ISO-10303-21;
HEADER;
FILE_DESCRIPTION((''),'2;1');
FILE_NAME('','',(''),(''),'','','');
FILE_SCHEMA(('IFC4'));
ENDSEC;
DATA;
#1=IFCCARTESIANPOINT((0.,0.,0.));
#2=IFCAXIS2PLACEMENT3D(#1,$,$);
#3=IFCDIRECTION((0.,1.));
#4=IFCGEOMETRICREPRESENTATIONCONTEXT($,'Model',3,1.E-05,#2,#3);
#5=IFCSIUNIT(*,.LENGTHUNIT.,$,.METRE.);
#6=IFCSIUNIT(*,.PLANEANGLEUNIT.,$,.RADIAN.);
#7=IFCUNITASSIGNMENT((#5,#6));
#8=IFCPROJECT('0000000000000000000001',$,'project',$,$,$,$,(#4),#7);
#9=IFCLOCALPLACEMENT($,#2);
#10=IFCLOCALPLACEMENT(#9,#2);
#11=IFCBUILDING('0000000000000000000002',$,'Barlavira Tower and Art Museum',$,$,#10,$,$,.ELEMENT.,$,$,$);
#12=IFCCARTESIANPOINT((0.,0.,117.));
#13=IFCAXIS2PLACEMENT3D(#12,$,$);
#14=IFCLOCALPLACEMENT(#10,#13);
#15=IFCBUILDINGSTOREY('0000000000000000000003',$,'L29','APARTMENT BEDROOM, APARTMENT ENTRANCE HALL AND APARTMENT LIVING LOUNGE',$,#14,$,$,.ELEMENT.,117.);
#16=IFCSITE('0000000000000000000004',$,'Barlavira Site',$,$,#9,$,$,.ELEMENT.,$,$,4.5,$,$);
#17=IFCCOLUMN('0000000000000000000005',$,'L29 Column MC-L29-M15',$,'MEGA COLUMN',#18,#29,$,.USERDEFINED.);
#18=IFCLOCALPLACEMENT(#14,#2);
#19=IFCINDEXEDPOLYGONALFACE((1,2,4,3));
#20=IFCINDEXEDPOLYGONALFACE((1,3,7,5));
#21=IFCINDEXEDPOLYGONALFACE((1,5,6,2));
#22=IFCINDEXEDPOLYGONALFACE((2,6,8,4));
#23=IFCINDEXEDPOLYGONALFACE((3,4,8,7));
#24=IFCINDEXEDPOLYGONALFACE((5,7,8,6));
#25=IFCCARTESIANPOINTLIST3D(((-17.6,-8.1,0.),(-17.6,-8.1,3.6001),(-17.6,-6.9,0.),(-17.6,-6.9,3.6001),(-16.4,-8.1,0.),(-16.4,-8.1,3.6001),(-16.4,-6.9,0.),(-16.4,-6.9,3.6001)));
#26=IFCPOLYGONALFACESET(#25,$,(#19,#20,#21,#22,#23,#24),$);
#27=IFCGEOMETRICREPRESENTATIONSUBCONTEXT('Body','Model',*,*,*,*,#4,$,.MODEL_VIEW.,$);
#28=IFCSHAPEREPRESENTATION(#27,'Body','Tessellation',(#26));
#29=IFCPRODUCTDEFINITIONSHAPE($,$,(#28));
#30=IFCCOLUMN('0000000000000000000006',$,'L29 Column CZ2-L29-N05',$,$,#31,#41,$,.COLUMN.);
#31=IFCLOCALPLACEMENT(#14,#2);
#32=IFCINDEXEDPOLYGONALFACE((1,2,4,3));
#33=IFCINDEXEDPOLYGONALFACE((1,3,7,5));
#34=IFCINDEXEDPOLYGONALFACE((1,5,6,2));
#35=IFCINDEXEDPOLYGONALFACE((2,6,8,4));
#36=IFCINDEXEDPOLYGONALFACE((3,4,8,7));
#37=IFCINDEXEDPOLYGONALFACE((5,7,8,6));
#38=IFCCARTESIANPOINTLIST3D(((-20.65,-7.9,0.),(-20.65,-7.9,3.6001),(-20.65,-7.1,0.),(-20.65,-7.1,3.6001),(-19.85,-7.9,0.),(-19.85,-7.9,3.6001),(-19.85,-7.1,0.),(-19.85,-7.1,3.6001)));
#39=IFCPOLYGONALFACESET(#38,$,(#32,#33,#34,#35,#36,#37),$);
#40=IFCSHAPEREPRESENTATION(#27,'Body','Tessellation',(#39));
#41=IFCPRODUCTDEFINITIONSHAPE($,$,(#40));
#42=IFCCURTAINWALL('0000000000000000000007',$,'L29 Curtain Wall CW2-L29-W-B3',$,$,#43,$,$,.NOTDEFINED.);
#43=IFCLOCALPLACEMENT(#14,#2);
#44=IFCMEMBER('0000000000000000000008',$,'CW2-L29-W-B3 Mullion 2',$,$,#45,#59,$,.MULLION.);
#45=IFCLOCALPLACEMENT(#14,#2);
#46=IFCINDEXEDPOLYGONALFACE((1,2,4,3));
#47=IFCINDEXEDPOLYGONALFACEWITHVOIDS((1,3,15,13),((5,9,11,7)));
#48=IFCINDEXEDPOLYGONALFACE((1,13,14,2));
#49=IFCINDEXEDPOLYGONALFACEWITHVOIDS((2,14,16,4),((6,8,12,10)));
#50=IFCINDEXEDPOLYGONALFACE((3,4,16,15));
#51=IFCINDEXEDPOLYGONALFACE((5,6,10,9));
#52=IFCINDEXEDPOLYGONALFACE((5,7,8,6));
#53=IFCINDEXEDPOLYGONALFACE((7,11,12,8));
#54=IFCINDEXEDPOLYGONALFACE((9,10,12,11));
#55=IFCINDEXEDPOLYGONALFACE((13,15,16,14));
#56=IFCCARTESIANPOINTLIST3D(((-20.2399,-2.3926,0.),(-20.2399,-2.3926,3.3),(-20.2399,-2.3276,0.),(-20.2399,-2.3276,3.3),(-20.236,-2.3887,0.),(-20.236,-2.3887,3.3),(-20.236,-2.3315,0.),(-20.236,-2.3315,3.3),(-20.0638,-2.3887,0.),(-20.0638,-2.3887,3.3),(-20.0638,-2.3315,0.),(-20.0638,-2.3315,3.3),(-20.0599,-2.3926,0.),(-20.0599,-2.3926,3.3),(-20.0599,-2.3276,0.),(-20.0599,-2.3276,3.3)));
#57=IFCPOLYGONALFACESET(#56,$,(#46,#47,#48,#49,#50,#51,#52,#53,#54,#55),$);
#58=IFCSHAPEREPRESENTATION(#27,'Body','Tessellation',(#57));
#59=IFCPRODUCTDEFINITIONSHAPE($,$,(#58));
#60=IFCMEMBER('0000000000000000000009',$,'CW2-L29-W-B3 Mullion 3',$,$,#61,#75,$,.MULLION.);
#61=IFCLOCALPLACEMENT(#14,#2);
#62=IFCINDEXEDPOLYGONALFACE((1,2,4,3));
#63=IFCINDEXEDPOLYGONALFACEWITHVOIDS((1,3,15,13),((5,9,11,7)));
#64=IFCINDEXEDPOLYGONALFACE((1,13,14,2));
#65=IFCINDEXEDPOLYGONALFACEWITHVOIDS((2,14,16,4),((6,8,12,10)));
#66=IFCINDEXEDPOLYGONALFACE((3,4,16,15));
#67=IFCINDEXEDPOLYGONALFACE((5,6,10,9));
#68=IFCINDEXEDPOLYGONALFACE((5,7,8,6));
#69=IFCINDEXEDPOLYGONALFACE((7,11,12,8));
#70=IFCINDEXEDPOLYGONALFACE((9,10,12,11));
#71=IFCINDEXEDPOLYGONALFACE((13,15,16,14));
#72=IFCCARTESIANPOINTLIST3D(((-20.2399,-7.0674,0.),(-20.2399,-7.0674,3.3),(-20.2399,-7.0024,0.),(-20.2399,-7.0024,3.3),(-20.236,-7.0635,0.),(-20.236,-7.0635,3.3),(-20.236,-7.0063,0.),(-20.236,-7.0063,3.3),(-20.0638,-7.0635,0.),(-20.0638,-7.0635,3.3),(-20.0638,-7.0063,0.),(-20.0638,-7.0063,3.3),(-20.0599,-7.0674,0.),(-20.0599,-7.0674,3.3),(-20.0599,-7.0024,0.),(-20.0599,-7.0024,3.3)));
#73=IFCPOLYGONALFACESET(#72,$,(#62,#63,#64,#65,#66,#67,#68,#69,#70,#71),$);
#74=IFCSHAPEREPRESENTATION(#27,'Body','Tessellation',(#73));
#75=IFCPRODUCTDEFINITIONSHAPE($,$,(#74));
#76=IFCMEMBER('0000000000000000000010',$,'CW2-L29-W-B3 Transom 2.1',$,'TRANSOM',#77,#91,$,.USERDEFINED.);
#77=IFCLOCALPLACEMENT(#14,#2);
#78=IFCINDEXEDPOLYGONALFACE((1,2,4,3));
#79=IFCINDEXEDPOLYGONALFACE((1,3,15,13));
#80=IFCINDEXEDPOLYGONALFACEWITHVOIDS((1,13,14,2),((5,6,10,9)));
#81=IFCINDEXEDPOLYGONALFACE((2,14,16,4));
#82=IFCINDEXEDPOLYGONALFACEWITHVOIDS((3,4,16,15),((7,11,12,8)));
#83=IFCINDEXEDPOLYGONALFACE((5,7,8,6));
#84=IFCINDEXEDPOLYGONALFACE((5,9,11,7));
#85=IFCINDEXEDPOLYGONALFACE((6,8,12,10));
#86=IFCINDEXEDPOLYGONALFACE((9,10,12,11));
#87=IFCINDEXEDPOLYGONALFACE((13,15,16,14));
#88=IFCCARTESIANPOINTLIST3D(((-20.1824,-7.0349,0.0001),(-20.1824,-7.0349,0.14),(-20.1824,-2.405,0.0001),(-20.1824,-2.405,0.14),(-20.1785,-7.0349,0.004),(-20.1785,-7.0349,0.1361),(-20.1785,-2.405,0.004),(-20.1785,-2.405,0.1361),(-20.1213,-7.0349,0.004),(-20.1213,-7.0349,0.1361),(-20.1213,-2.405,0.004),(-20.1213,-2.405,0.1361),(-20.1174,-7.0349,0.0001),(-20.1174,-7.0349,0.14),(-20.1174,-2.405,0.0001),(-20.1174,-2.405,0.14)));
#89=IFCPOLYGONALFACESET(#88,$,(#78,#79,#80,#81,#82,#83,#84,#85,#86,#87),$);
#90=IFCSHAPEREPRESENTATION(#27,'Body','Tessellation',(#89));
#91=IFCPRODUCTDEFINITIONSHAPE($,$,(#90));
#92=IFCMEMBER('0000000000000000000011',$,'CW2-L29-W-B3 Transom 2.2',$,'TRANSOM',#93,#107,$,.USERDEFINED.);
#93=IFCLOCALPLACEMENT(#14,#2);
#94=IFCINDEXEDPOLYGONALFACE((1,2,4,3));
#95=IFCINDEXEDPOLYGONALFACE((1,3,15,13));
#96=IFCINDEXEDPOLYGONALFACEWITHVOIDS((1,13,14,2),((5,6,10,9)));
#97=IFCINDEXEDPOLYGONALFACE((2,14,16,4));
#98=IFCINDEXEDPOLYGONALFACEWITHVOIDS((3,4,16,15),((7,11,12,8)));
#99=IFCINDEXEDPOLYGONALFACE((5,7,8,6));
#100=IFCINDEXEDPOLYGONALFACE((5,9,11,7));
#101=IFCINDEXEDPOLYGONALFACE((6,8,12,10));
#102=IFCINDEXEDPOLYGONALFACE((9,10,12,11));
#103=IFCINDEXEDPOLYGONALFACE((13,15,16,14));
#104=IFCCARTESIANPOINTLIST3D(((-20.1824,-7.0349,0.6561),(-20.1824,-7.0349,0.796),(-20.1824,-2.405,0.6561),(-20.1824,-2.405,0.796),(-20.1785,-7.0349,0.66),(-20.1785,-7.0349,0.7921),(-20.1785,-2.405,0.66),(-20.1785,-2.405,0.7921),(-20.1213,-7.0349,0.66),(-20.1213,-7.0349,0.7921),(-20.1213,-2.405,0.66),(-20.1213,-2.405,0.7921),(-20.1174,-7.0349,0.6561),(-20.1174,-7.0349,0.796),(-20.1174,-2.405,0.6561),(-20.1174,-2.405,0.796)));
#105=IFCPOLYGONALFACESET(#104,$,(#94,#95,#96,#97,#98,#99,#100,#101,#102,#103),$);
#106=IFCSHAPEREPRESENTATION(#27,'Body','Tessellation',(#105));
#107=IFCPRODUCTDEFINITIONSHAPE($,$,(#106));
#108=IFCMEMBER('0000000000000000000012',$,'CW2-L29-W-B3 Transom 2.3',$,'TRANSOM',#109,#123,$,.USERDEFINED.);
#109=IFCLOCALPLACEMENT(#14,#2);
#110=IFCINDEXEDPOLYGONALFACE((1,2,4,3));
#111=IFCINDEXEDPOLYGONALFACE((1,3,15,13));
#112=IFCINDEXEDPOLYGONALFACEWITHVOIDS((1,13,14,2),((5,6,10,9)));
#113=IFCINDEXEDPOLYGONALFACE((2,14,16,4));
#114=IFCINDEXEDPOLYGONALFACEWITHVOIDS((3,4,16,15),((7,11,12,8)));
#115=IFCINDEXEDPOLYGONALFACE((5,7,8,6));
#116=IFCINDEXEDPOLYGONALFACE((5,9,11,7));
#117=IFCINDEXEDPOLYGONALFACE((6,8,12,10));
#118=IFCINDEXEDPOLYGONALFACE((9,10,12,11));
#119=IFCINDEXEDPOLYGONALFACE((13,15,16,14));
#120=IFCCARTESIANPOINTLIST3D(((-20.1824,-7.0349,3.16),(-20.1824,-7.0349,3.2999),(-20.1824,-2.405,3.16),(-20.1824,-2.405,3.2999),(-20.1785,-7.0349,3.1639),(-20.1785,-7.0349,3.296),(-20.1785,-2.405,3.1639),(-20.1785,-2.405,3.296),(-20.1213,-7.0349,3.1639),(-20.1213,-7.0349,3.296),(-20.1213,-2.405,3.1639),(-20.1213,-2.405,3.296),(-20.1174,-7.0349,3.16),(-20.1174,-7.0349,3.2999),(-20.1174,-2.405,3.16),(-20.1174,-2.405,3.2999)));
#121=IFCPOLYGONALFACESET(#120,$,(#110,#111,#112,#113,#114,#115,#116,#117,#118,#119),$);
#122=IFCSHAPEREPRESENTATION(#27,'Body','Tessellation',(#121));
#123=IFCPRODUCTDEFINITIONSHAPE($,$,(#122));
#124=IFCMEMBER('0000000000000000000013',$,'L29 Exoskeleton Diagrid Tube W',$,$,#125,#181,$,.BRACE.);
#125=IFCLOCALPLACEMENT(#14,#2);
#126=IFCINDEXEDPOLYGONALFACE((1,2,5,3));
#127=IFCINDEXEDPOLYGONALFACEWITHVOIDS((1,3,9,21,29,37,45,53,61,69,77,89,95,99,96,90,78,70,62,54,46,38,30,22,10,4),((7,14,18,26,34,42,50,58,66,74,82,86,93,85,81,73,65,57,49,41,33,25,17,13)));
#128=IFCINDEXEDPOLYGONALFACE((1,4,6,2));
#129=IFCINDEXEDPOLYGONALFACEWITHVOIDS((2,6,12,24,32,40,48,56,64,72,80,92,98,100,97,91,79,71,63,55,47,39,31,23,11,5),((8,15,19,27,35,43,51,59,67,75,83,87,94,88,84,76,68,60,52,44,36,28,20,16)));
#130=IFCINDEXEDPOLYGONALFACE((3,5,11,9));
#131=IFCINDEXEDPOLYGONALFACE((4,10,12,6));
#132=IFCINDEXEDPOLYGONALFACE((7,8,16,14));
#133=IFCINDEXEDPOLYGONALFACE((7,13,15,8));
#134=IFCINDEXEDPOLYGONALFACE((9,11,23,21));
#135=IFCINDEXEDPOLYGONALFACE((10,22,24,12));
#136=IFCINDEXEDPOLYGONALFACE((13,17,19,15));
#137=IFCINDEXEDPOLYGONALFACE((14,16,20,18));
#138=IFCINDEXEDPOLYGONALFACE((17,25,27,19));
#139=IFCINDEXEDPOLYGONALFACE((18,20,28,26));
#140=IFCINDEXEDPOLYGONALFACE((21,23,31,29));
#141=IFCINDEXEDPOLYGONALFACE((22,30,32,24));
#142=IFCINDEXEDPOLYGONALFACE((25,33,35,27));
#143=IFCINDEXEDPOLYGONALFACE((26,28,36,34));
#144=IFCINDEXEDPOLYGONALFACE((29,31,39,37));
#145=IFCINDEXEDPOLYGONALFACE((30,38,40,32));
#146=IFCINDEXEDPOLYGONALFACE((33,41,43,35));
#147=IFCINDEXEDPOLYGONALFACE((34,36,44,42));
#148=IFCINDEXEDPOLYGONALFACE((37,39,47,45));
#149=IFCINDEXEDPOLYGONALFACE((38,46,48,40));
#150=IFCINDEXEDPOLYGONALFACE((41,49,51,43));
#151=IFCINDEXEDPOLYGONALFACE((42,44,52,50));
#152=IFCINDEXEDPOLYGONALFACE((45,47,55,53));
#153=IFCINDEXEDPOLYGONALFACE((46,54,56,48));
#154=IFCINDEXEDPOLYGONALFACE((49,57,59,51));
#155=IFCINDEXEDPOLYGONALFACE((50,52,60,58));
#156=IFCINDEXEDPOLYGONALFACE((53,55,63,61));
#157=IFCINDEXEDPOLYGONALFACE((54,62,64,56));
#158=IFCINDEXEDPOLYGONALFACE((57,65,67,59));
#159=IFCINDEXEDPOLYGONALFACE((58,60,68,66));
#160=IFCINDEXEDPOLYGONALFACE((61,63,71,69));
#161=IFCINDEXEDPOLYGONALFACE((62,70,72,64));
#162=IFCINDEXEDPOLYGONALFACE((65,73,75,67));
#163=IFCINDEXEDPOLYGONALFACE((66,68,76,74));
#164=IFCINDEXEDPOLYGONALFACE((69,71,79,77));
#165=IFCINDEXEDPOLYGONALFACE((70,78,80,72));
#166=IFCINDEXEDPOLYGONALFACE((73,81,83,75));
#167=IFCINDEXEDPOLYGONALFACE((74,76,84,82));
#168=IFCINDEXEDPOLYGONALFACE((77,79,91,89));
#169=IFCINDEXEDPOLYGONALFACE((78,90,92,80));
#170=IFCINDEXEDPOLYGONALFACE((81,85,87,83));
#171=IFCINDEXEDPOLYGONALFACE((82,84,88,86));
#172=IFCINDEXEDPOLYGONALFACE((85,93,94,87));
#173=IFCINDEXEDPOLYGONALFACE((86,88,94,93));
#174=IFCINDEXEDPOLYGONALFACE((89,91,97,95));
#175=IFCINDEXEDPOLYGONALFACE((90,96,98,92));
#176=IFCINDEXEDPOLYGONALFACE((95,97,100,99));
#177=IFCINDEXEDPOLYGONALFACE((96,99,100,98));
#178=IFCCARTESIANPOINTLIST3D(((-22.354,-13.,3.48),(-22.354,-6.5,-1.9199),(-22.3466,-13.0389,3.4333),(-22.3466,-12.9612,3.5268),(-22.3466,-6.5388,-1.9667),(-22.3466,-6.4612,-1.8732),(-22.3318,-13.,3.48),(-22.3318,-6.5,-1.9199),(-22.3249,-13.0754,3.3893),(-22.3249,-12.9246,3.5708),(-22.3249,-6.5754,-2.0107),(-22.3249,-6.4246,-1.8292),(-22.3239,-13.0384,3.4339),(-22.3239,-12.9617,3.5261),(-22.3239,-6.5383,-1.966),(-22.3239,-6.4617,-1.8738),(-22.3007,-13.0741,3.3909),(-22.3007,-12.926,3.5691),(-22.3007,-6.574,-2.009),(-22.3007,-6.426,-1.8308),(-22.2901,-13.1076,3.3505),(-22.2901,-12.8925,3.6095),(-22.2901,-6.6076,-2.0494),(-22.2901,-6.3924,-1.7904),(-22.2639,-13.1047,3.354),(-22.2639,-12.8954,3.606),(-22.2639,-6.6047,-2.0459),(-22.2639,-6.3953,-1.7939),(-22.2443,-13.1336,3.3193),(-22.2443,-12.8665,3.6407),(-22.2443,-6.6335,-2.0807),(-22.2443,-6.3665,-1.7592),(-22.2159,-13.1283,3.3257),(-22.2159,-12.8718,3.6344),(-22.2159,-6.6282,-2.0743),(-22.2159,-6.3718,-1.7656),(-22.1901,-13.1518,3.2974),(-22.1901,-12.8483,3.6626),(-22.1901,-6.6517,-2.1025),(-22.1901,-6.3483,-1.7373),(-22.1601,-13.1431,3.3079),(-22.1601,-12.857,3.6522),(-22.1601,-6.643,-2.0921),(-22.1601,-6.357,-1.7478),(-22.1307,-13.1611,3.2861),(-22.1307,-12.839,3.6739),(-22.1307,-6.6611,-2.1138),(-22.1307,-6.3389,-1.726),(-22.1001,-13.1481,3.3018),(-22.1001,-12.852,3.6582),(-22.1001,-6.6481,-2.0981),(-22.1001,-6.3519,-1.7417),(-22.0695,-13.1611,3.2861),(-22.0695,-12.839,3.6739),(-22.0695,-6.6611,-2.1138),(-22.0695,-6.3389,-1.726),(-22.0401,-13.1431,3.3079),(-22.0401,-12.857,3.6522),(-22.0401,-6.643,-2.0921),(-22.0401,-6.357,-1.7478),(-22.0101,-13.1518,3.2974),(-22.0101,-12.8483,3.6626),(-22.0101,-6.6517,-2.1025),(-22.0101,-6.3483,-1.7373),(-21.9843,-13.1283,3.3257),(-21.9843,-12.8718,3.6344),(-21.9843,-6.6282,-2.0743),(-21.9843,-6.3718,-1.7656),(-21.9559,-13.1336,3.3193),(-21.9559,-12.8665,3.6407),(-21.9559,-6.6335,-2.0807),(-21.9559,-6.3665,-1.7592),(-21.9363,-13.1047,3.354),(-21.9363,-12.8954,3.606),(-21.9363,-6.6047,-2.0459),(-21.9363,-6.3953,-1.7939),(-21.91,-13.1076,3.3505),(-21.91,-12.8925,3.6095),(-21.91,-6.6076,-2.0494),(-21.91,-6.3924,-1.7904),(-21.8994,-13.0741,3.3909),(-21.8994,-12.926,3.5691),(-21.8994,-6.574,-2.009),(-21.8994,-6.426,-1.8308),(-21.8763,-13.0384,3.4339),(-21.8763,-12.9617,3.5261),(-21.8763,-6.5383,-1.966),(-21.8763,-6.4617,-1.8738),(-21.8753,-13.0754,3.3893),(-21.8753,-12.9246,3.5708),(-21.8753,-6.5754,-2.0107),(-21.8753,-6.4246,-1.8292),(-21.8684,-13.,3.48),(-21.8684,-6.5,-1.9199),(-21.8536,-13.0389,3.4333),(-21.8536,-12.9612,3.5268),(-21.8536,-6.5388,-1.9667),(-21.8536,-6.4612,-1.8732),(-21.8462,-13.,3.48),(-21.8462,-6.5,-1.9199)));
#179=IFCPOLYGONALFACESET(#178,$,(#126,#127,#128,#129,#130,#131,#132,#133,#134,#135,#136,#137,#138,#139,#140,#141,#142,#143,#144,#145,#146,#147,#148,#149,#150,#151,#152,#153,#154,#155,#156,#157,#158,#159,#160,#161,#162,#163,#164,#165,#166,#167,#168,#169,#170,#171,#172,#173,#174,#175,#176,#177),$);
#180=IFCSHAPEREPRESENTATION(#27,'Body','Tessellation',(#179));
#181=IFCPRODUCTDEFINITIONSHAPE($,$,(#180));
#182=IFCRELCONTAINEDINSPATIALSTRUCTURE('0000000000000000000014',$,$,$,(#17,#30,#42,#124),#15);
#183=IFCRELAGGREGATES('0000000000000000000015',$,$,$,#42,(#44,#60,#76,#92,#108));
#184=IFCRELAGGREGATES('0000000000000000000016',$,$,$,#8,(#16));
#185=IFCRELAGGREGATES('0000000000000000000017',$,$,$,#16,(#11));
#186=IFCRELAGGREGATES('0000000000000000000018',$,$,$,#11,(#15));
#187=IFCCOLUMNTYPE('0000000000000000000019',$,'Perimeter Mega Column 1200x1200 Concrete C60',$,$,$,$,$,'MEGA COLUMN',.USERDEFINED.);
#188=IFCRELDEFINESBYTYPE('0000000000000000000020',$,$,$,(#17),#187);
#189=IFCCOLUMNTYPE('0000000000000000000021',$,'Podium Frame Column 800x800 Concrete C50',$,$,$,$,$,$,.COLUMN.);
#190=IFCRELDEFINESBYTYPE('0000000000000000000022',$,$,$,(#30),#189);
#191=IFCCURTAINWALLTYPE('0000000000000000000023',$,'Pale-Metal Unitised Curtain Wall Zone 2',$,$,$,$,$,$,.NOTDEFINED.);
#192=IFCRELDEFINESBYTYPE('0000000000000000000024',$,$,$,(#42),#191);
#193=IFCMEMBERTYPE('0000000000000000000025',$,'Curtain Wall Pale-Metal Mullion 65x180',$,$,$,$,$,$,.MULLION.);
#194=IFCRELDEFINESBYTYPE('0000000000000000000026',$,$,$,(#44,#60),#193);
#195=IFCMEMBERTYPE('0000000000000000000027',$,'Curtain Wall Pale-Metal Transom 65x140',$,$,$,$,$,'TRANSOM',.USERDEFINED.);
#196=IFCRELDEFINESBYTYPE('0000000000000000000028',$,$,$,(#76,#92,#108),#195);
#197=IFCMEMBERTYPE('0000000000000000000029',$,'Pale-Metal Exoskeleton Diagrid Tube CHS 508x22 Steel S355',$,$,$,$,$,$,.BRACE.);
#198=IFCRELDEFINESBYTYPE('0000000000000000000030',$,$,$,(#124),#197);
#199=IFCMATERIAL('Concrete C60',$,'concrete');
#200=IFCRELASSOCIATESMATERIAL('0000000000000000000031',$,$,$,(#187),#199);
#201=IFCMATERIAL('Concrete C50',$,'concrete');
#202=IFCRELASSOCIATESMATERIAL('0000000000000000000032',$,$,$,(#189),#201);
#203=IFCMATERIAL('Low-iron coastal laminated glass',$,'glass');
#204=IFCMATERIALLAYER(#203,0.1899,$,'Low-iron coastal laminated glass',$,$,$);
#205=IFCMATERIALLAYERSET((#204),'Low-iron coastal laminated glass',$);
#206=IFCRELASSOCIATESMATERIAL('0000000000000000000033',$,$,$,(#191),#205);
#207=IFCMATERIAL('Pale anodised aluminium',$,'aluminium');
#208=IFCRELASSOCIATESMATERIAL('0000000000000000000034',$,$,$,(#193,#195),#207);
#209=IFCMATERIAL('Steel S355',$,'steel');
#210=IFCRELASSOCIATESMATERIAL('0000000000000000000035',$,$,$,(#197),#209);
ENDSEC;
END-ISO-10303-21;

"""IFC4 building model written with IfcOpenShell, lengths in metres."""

from ifc_helpers import new_model, si_unit, direction, frame, origin, origin_2d, place, context, subcontext, project, spatial, rectangle, hollow_rectangle, hollow_circle, extrude, material, layer, layer_set, material_profile, profile_set, type_object, element, aggregate, save


model = new_model("IFC4")

# Units and contexts
model_context = context("Model", 3, precision=1e-05, world=origin(), true_north=direction((0.0, 1.0)))
body_context = subcontext(model_context, "Body", "Model", "MODEL_VIEW")
ifc_project = project(units=[si_unit("LENGTHUNIT", "METRE"), si_unit("PLANEANGLEUNIT", "RADIAN")], contexts=[model_context])

# Site, building, storey
site_placement = place(None, origin())
site = spatial("IfcSite", under=ifc_project, at=site_placement, Name="Barlavira Site", CompositionType="ELEMENT", RefElevation=4.5)
building_placement = place(site_placement, origin())
building = spatial("IfcBuilding", under=site, at=building_placement, Name="Barlavira Tower and Art Museum", CompositionType="ELEMENT")
storey_placement = place(building_placement, frame((0.0, 0.0, 117.0)))
storey = spatial("IfcBuildingStorey", under=building, at=storey_placement, Name="L29", Description="APARTMENT BEDROOM, APARTMENT ENTRANCE HALL AND APARTMENT LIVING LOUNGE", CompositionType="ELEMENT", Elevation=117.0)

# Columns
ifc_material_1 = material(Name="Concrete C60", Category="concrete")
ifc_material_profile_1 = material_profile(ifc_material_1, rectangle(XDim=1.2, YDim=1.2, at=origin_2d()), Name="RC-COL 1200x1200")
ifc_profile_set_1 = profile_set([ifc_material_profile_1], Name="Concrete C60")
column_type_1 = type_object("IfcColumnType", Name="Perimeter Mega Column 1200x1200 Concrete C60", ElementType="MEGA COLUMN", PredefinedType="USERDEFINED", material=ifc_profile_set_1)
column_1_placement = place(storey_placement, frame((-17.0, -7.5, 0.0), z_axis=(0.0, 0.0, 1.0), x_axis=(1.0, 0.0, 0.0)))
element("IfcColumn", 1, at=column_1_placement, inside=storey, type_object=column_type_1, Name="L29 Column MC-L29-M15", ObjectType="MEGA COLUMN", PredefinedType="USERDEFINED", context=body_context, shape_type="SweptSolid", body=[
    extrude(rectangle(XDim=1.2, YDim=1.2, at=origin_2d()), origin(), (0.0, 0.0, 1.0), 3.6001),
])
ifc_material_2 = material(Name="Concrete C50", Category="concrete")
ifc_material_profile_2 = material_profile(ifc_material_2, rectangle(XDim=0.8, YDim=0.8, at=origin_2d()), Name="RC-COL 800x800")
ifc_profile_set_2 = profile_set([ifc_material_profile_2], Name="Concrete C50")
column_type_2 = type_object("IfcColumnType", Name="Podium Frame Column 800x800 Concrete C50", PredefinedType="COLUMN", material=ifc_profile_set_2)
column_2_placement = place(storey_placement, frame((-20.25, -7.5, 0.0), z_axis=(0.0, 0.0, 1.0), x_axis=(1.0, 0.0, 0.0)))
element("IfcColumn", 2, at=column_2_placement, inside=storey, type_object=column_type_2, Name="L29 Column CZ2-L29-N05", PredefinedType="COLUMN", context=body_context, shape_type="SweptSolid", body=[
    extrude(rectangle(XDim=0.8, YDim=0.8, at=origin_2d()), origin(), (0.0, 0.0, 1.0), 3.6001),
])

# Curtain wall, members
ifc_material_3 = material(Name="Low-iron coastal laminated glass", Category="glass")
ifc_layer_1 = layer(ifc_material_3, 0.1899, Name="Low-iron coastal laminated glass")
ifc_layer_set_1 = layer_set([ifc_layer_1], Name="Low-iron coastal laminated glass")
curtain_wall_type = type_object("IfcCurtainWallType", Name="Pale-Metal Unitised Curtain Wall Zone 2", PredefinedType="NOTDEFINED", material=ifc_layer_set_1)
curtain_wall_placement = place(storey_placement, origin())
curtain_wall = element("IfcCurtainWall", 3, at=curtain_wall_placement, inside=storey, type_object=curtain_wall_type, Name="L29 Curtain Wall CW2-L29-W-B3", PredefinedType="NOTDEFINED")
ifc_material_4 = material(Name="Pale anodised aluminium", Category="aluminium")
ifc_material_profile_3 = material_profile(ifc_material_4, hollow_rectangle(XDim=0.0649, YDim=0.1799, WallThickness=0.0039, at=origin_2d()), Name="ALU-MULL 65x180x4")
ifc_profile_set_3 = profile_set([ifc_material_profile_3], Name="Pale anodised aluminium")
member_type_1 = type_object("IfcMemberType", Name="Curtain Wall Pale-Metal Mullion 65x180", PredefinedType="MULLION", material=ifc_profile_set_3)
member_1_placement = place(storey_placement, frame((-20.1499, -2.3601, 0.0), z_axis=(0.0, 0.0, 1.0), x_axis=(0.0, -1.0, 0.0)))
member_1 = element("IfcMember", 4, at=member_1_placement, type_object=member_type_1, Name="CW2-L29-W-B3 Mullion 2", PredefinedType="MULLION", context=body_context, shape_type="SweptSolid", body=[
    extrude(hollow_rectangle(XDim=0.0649, YDim=0.1799, WallThickness=0.0039, at=origin_2d()), origin(), (0.0, 0.0, 1.0), 3.3),
])
member_2_placement = place(storey_placement, frame((-20.1499, -7.0349, 0.0), z_axis=(0.0, 0.0, 1.0), x_axis=(0.0, -1.0, 0.0)))
member_2 = element("IfcMember", 5, at=member_2_placement, type_object=member_type_1, Name="CW2-L29-W-B3 Mullion 3", PredefinedType="MULLION", context=body_context, shape_type="SweptSolid", body=[
    extrude(hollow_rectangle(XDim=0.0649, YDim=0.1799, WallThickness=0.0039, at=origin_2d()), origin(), (0.0, 0.0, 1.0), 3.3),
])
ifc_material_profile_4 = material_profile(ifc_material_4, hollow_rectangle(XDim=0.0649, YDim=0.1399, WallThickness=0.0039, at=origin_2d()), Name="ALU-TRAN 65x140x4")
ifc_profile_set_4 = profile_set([ifc_material_profile_4], Name="Pale anodised aluminium")
member_type_2 = type_object("IfcMemberType", Name="Curtain Wall Pale-Metal Transom 65x140", ElementType="TRANSOM", PredefinedType="USERDEFINED", material=ifc_profile_set_4)
member_3_placement = place(storey_placement, frame((-20.1499, -2.405, 0.0701), z_axis=(0.0, -1.0, 0.0), x_axis=(1.0, 0.0, 0.0)))
member_3 = element("IfcMember", 6, at=member_3_placement, type_object=member_type_2, Name="CW2-L29-W-B3 Transom 2.1", ObjectType="TRANSOM", PredefinedType="USERDEFINED", context=body_context, shape_type="SweptSolid", body=[
    extrude(hollow_rectangle(XDim=0.0649, YDim=0.1399, WallThickness=0.0039, at=origin_2d()), origin(), (0.0, 0.0, 1.0), 4.6299),
])
member_4_placement = place(storey_placement, frame((-20.1499, -2.405, 0.7261), z_axis=(0.0, -1.0, 0.0), x_axis=(1.0, 0.0, 0.0)))
member_4 = element("IfcMember", 7, at=member_4_placement, type_object=member_type_2, Name="CW2-L29-W-B3 Transom 2.2", ObjectType="TRANSOM", PredefinedType="USERDEFINED", context=body_context, shape_type="SweptSolid", body=[
    extrude(hollow_rectangle(XDim=0.0649, YDim=0.1399, WallThickness=0.0039, at=origin_2d()), origin(), (0.0, 0.0, 1.0), 4.6299),
])
member_5_placement = place(storey_placement, frame((-20.1499, -2.405, 3.23), z_axis=(0.0, -1.0, 0.0), x_axis=(1.0, 0.0, 0.0)))
member_5 = element("IfcMember", 8, at=member_5_placement, type_object=member_type_2, Name="CW2-L29-W-B3 Transom 2.3", ObjectType="TRANSOM", PredefinedType="USERDEFINED", context=body_context, shape_type="SweptSolid", body=[
    extrude(hollow_rectangle(XDim=0.0649, YDim=0.1399, WallThickness=0.0039, at=origin_2d()), origin(), (0.0, 0.0, 1.0), 4.6299),
])

# Member
ifc_material_5 = material(Name="Steel S355", Category="steel")
ifc_material_profile_5 = material_profile(ifc_material_5, hollow_circle(Radius=0.2539, WallThickness=0.0222, at=origin_2d()), Name="CHS 508.0x22.2")
ifc_profile_set_5 = profile_set([ifc_material_profile_5], Name="Steel S355")
member_type_3 = type_object("IfcMemberType", Name="Pale-Metal Exoskeleton Diagrid Tube CHS 508x22 Steel S355", PredefinedType="BRACE", material=ifc_profile_set_5)
for number, where, z_axis, x_axis, name in (
    (9, (-22.1001, -6.5, -1.9199), (0.0, -0.769196, 0.639013), (1.0, 0.0, 0.0), "L29 Exoskeleton Diagrid Tube W"),
):
    element("IfcMember", number, at=place(storey_placement, frame(where, z_axis=z_axis, x_axis=x_axis)), inside=storey, type_object=member_type_3, Name=name, PredefinedType="BRACE", context=body_context, shape_type="SweptSolid", body=[
        extrude(hollow_circle(Radius=0.2539, WallThickness=0.0222, at=origin_2d()), origin(), (0.0, 0.0, 1.0), 8.4504),
    ])

aggregate(curtain_wall, [member_1, member_2, member_3, member_4, member_5])

save(model, "model.ifc")
